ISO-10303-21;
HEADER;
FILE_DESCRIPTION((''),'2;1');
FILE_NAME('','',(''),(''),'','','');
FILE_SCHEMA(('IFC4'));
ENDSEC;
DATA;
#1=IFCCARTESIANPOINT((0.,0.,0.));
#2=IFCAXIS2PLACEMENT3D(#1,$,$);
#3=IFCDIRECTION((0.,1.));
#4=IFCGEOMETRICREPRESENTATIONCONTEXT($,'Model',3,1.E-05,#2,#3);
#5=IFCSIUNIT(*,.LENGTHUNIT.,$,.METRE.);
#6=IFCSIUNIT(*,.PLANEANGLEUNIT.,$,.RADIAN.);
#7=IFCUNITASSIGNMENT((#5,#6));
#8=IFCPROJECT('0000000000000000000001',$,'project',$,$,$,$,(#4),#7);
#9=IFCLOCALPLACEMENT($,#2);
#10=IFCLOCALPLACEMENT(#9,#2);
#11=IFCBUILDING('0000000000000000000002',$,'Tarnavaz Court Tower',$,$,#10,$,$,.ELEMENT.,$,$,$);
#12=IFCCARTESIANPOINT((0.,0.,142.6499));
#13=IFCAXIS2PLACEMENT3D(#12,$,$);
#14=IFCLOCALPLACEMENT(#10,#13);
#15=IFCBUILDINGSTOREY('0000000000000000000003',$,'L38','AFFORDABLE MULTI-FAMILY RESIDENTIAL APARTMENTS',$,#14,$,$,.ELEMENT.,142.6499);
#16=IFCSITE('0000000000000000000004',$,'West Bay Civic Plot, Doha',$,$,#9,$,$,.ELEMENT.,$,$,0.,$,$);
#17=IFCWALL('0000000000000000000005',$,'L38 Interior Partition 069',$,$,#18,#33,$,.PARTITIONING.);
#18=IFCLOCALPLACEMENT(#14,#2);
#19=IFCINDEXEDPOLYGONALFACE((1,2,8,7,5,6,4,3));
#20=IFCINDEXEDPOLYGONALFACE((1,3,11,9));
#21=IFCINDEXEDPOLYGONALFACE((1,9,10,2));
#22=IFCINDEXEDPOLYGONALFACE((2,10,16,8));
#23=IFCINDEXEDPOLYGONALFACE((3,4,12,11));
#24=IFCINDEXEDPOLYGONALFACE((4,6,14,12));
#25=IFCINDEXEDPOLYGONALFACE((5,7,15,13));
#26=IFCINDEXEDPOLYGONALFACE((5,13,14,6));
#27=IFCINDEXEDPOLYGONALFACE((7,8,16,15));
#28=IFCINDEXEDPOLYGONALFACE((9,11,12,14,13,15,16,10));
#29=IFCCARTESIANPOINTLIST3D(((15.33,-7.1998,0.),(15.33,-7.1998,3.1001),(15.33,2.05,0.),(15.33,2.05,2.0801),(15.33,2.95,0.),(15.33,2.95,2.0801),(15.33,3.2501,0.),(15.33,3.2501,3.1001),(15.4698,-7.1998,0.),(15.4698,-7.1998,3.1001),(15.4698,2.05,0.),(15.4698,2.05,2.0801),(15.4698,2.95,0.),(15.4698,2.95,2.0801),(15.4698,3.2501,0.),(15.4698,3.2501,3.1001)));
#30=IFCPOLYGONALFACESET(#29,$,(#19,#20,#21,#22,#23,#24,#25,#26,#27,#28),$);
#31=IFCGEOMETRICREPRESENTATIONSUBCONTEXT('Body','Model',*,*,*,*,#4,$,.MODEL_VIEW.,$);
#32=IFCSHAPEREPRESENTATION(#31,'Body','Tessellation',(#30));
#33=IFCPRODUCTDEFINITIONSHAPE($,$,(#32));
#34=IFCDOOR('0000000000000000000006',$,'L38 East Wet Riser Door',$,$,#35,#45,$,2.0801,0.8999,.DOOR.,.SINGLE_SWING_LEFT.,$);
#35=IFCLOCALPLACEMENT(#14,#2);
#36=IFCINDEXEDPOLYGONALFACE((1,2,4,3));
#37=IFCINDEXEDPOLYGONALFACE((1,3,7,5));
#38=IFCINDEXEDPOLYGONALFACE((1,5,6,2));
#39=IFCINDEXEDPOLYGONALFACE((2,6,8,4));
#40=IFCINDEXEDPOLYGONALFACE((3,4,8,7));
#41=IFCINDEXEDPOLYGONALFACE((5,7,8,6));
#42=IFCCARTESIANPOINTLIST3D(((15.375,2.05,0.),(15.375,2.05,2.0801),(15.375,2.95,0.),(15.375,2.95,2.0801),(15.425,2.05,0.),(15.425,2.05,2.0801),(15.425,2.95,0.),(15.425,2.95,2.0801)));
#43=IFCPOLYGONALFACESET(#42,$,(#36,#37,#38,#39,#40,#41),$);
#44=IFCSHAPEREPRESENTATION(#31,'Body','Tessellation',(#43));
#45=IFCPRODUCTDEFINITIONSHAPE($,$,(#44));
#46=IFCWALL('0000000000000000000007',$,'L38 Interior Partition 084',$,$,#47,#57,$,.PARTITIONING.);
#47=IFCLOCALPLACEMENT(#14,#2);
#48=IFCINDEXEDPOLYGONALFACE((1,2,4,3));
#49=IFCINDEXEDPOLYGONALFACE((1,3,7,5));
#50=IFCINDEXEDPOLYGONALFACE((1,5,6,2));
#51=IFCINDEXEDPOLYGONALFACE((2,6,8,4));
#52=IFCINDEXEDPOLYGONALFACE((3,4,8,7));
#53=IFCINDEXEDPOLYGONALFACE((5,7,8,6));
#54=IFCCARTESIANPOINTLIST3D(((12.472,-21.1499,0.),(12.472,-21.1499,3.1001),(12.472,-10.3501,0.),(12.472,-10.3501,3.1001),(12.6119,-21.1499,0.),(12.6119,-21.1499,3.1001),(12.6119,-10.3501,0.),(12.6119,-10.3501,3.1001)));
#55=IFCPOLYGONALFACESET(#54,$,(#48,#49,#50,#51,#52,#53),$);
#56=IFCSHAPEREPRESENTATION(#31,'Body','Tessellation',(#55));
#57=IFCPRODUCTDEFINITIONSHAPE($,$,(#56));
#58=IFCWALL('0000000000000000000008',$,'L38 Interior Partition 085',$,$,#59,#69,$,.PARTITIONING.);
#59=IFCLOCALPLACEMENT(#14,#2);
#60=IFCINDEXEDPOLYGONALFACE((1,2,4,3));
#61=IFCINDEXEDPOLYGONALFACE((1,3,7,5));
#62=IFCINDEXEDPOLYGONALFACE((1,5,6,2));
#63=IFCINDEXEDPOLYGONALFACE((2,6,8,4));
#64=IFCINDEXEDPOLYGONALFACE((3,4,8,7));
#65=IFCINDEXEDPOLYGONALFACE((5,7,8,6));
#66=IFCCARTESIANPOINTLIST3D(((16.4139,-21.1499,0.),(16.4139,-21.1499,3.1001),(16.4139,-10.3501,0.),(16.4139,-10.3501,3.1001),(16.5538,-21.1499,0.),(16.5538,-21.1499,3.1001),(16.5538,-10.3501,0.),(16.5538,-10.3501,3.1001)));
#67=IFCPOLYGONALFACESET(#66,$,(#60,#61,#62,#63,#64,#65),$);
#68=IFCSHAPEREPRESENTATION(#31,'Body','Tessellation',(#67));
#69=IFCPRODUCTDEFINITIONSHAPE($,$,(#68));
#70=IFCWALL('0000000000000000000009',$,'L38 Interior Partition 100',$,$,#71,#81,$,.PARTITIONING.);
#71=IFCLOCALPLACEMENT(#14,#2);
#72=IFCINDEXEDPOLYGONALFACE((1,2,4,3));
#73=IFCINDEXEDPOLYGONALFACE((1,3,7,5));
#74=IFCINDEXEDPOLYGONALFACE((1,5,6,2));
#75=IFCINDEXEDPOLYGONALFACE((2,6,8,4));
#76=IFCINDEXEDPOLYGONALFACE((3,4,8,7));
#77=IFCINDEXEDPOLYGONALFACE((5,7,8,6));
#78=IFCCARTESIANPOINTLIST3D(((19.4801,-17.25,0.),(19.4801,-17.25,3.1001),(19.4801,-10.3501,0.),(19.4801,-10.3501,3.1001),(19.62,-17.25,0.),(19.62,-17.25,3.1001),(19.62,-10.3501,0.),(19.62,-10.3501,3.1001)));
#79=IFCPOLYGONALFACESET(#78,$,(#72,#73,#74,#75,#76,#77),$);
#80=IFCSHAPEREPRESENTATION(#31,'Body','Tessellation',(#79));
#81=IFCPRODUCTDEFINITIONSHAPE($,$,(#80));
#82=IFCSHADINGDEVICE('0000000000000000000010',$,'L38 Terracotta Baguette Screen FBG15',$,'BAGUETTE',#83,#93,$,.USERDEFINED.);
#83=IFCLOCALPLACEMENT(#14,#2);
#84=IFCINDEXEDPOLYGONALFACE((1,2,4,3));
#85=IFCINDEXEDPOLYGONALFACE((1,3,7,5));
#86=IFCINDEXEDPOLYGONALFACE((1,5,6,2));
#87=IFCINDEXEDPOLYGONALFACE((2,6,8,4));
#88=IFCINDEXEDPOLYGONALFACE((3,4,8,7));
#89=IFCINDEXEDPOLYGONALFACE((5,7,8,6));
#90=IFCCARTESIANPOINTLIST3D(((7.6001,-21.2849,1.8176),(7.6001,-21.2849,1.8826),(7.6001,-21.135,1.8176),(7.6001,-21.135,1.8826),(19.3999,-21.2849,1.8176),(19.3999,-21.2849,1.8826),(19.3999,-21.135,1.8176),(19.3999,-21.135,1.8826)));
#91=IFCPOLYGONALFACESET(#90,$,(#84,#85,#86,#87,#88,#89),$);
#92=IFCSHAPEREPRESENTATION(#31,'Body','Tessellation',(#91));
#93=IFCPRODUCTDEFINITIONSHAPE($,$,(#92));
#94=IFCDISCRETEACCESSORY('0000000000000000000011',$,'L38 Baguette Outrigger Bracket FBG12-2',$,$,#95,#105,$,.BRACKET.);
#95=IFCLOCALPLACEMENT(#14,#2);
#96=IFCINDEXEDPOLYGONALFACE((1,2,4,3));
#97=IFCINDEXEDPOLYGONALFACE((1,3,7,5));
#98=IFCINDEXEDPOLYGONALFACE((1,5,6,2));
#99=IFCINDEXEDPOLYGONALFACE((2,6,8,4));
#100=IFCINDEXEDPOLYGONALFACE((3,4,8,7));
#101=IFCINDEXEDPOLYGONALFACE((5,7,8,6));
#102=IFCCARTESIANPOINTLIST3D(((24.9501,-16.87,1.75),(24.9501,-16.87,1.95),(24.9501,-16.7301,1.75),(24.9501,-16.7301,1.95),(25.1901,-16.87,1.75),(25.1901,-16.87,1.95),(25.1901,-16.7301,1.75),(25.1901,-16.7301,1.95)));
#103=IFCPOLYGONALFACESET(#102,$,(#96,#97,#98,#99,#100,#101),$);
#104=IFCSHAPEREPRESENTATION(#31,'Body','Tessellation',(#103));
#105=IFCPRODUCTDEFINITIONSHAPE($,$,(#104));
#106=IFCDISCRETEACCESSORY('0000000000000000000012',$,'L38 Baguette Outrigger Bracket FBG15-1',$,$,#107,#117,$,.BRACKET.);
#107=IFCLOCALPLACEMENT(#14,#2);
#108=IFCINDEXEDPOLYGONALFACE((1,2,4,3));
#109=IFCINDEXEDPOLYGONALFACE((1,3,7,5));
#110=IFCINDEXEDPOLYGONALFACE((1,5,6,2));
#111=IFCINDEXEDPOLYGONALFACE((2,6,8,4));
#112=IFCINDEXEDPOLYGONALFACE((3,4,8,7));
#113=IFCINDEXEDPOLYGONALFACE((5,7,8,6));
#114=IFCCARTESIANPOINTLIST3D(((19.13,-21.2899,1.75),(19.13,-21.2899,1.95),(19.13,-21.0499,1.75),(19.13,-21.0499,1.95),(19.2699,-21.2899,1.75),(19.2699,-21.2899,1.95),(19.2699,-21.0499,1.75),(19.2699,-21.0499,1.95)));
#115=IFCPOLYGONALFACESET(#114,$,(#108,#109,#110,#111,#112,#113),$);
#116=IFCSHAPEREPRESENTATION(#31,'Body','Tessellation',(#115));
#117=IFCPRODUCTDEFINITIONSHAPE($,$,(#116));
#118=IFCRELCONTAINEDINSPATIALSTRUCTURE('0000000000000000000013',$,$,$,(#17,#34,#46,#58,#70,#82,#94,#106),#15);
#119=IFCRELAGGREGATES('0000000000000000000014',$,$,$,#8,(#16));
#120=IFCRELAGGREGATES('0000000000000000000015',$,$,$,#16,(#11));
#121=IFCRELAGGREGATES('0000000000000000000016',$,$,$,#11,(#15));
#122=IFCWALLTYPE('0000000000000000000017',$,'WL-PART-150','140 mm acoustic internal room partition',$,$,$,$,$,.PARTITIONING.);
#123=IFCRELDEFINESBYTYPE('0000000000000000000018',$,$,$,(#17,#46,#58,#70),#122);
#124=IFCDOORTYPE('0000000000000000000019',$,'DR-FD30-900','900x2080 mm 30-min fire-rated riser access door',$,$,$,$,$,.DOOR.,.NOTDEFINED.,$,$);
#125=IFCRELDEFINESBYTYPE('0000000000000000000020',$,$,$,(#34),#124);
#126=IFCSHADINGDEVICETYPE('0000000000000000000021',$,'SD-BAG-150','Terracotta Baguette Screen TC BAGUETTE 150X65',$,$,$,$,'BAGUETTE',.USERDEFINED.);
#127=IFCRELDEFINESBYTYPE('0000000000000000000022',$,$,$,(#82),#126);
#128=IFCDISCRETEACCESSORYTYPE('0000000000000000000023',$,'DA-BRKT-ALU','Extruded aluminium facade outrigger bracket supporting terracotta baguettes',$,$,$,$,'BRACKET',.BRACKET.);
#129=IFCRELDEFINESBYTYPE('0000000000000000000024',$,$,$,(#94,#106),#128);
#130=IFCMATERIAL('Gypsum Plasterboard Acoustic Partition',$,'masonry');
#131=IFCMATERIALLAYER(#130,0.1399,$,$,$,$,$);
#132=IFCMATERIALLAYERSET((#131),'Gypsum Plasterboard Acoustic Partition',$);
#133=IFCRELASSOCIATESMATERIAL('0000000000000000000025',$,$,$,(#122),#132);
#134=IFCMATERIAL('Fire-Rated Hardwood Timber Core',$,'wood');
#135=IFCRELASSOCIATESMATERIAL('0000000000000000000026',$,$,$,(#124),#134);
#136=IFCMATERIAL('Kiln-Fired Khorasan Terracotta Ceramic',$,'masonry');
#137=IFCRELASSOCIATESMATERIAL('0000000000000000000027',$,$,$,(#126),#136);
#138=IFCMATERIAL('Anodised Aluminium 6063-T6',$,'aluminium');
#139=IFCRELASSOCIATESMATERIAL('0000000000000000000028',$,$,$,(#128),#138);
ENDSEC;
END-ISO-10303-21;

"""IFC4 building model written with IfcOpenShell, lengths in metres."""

from ifc_helpers import new_model, si_unit, direction, frame, frame_2d, origin, origin_2d, place, context, subcontext, project, spatial, rectangle, extrude, material, layer, layer_set, material_profile, profile_set, type_object, element, fill, save


model = new_model("IFC4")

# Units and contexts
model_context = context("Model", 3, precision=1e-05, world=origin(), true_north=direction((0.0, 1.0)))
body_context = subcontext(model_context, "Body", "Model", "MODEL_VIEW")
ifc_project = project(units=[si_unit("LENGTHUNIT", "METRE"), si_unit("PLANEANGLEUNIT", "RADIAN")], contexts=[model_context])

# Site, building, storey
site_placement = place(None, origin())
site = spatial("IfcSite", under=ifc_project, at=site_placement, Name="West Bay Civic Plot, Doha", CompositionType="ELEMENT", RefElevation=0.0)
building_placement = place(site_placement, origin())
building = spatial("IfcBuilding", under=site, at=building_placement, Name="Tarnavaz Court Tower", CompositionType="ELEMENT")
storey_placement = place(building_placement, frame((0.0, 0.0, 142.6499)))
storey = spatial("IfcBuildingStorey", under=building, at=storey_placement, Name="L38", Description="AFFORDABLE MULTI-FAMILY RESIDENTIAL APARTMENTS", CompositionType="ELEMENT", Elevation=142.6499)

# Wall, opening, door
ifc_material_1 = material(Name="Gypsum Plasterboard Acoustic Partition", Category="masonry")
ifc_layer_1 = layer(ifc_material_1, 0.1399)
ifc_layer_set_1 = layer_set([ifc_layer_1], Name="Gypsum Plasterboard Acoustic Partition")
wall_type_1 = type_object("IfcWallType", Name="WL-PART-150", Description="140 mm acoustic internal room partition", PredefinedType="PARTITIONING", material=ifc_layer_set_1)
wall_1_placement = place(storey_placement, frame((15.3999, -7.2, 0.0), z_axis=(0.0, 0.0, 1.0), x_axis=(0.0, 1.0, 0.0)))
wall_1 = element("IfcWall", 1, at=wall_1_placement, inside=storey, type_object=wall_type_1, Name="L38 Interior Partition 069", PredefinedType="PARTITIONING", context=body_context, shape_type="SweptSolid", body=[
    extrude(rectangle(XDim=10.45, YDim=0.1399, at=frame_2d((5.2251, 0.0))), origin(), (0.0, 0.0, 1.0), 3.1001),
])
opening_1_placement = place(wall_1_placement, frame((9.25, 0.0, 0.0)))
opening_1 = element("IfcOpeningElement", 2, at=opening_1_placement, cuts=wall_1, PredefinedType="OPENING", context=body_context, shape_type="SweptSolid", body=[
    extrude(rectangle(XDim=0.8999, YDim=2.0801, at=frame_2d((0.45, 1.04))), frame((0.0, 0.0798, 0.0), z_axis=(0.0, -1.0, 0.0), x_axis=(1.0, 0.0, 0.0)), (0.0, 0.0, 1.0), 0.1599),
])
ifc_material_2 = material(Name="Fire-Rated Hardwood Timber Core", Category="wood")
door_type_1 = type_object("IfcDoorType", Name="DR-FD30-900", Description="900x2080 mm 30-min fire-rated riser access door", OperationType="NOTDEFINED", PredefinedType="DOOR", material=ifc_material_2)
door_1_placement = place(opening_1_placement, origin())
door_1 = element("IfcDoor", 3, at=door_1_placement, inside=storey, type_object=door_type_1, Name="L38 East Wet Riser Door", OperationType="SINGLE_SWING_LEFT", OverallHeight=2.0801, OverallWidth=0.8999, PredefinedType="DOOR", context=body_context, shape_type="SweptSolid", body=[
    extrude(rectangle(XDim=0.8999, YDim=2.0801, at=frame_2d((0.45, 1.04))), frame((0.0, 0.0249, 0.0), z_axis=(0.0, -1.0, 0.0), x_axis=(1.0, 0.0, 0.0)), (0.0, 0.0, 1.0), 0.05),
])
fill(opening_1, door_1)

# Walls
for number, where, z_axis, x_axis, name in (
    (4, (12.542, -21.1499, 0.0), (0.0, 0.0, 1.0), (0.0, 1.0, 0.0), "L38 Interior Partition 084"),
    (5, (16.4839, -21.1499, 0.0), (0.0, 0.0, 1.0), (0.0, 1.0, 0.0), "L38 Interior Partition 085"),
):
    element("IfcWall", number, at=place(storey_placement, frame(where, z_axis=z_axis, x_axis=x_axis)), inside=storey, type_object=wall_type_1, Name=name, PredefinedType="PARTITIONING", context=body_context, shape_type="SweptSolid", body=[
        extrude(rectangle(XDim=10.7998, YDim=0.1399, at=frame_2d((5.3999, 0.0))), origin(), (0.0, 0.0, 1.0), 3.1001),
    ])
wall_2_placement = place(storey_placement, frame((19.55, -17.25, 0.0), z_axis=(0.0, 0.0, 1.0), x_axis=(0.0, 1.0, 0.0)))
element("IfcWall", 6, at=wall_2_placement, inside=storey, type_object=wall_type_1, Name="L38 Interior Partition 100", PredefinedType="PARTITIONING", context=body_context, shape_type="SweptSolid", body=[
    extrude(rectangle(XDim=6.8999, YDim=0.1399, at=frame_2d((3.45, 0.0))), origin(), (0.0, 0.0, 1.0), 3.1001),
])

# Shading device
ifc_material_3 = material(Name="Kiln-Fired Khorasan Terracotta Ceramic", Category="masonry")
ifc_material_profile_1 = material_profile(ifc_material_3, rectangle(XDim=0.1499, YDim=0.0649, at=origin_2d()), Name="TC BAGUETTE 150X65")
ifc_profile_set_1 = profile_set([ifc_material_profile_1], Name="Kiln-Fired Khorasan Terracotta Ceramic")
shading_device_type = type_object("IfcShadingDeviceType", Name="SD-BAG-150", Description="Terracotta Baguette Screen TC BAGUETTE 150X65", ElementType="BAGUETTE", PredefinedType="USERDEFINED", material=ifc_profile_set_1)
shading_device_placement = place(storey_placement, frame((19.3999, -21.21, 1.8501), z_axis=(-1.0, 0.0, 0.0), x_axis=(0.0, -1.0, 0.0)))
element("IfcShadingDevice", 7, at=shading_device_placement, inside=storey, type_object=shading_device_type, Name="L38 Terracotta Baguette Screen FBG15", ObjectType="BAGUETTE", PredefinedType="USERDEFINED", context=body_context, shape_type="SweptSolid", body=[
    extrude(rectangle(XDim=0.1499, YDim=0.0649, at=origin_2d()), origin(), (0.0, 0.0, 1.0), 11.7998),
])

# Discrete accessories
ifc_material_4 = material(Name="Anodised Aluminium 6063-T6", Category="aluminium")
discrete_accessory_type = type_object("IfcDiscreteAccessoryType", Name="DA-BRKT-ALU", Description="Extruded aluminium facade outrigger bracket supporting terracotta baguettes", ElementType="BRACKET", PredefinedType="BRACKET", material=ifc_material_4)
for number, where, z_axis, x_axis, name in (
    (8, (25.0701, -16.8, 1.75), (0.0, 0.0, 1.0), (0.0, -1.0, 0.0), "L38 Baguette Outrigger Bracket FBG12-2"),
    (9, (19.2, -21.1699, 1.75), (0.0, 0.0, 1.0), (-1.0, 0.0, 0.0), "L38 Baguette Outrigger Bracket FBG15-1"),
):
    element("IfcDiscreteAccessory", number, at=place(storey_placement, frame(where, z_axis=z_axis, x_axis=x_axis)), inside=storey, type_object=discrete_accessory_type, Name=name, PredefinedType="BRACKET", context=body_context, shape_type="SweptSolid", body=[
        extrude(rectangle(XDim=0.1399, YDim=0.24, at=origin_2d()), origin(), (0.0, 0.0, 1.0), 0.2),
    ])

save(model, "model.ifc")
